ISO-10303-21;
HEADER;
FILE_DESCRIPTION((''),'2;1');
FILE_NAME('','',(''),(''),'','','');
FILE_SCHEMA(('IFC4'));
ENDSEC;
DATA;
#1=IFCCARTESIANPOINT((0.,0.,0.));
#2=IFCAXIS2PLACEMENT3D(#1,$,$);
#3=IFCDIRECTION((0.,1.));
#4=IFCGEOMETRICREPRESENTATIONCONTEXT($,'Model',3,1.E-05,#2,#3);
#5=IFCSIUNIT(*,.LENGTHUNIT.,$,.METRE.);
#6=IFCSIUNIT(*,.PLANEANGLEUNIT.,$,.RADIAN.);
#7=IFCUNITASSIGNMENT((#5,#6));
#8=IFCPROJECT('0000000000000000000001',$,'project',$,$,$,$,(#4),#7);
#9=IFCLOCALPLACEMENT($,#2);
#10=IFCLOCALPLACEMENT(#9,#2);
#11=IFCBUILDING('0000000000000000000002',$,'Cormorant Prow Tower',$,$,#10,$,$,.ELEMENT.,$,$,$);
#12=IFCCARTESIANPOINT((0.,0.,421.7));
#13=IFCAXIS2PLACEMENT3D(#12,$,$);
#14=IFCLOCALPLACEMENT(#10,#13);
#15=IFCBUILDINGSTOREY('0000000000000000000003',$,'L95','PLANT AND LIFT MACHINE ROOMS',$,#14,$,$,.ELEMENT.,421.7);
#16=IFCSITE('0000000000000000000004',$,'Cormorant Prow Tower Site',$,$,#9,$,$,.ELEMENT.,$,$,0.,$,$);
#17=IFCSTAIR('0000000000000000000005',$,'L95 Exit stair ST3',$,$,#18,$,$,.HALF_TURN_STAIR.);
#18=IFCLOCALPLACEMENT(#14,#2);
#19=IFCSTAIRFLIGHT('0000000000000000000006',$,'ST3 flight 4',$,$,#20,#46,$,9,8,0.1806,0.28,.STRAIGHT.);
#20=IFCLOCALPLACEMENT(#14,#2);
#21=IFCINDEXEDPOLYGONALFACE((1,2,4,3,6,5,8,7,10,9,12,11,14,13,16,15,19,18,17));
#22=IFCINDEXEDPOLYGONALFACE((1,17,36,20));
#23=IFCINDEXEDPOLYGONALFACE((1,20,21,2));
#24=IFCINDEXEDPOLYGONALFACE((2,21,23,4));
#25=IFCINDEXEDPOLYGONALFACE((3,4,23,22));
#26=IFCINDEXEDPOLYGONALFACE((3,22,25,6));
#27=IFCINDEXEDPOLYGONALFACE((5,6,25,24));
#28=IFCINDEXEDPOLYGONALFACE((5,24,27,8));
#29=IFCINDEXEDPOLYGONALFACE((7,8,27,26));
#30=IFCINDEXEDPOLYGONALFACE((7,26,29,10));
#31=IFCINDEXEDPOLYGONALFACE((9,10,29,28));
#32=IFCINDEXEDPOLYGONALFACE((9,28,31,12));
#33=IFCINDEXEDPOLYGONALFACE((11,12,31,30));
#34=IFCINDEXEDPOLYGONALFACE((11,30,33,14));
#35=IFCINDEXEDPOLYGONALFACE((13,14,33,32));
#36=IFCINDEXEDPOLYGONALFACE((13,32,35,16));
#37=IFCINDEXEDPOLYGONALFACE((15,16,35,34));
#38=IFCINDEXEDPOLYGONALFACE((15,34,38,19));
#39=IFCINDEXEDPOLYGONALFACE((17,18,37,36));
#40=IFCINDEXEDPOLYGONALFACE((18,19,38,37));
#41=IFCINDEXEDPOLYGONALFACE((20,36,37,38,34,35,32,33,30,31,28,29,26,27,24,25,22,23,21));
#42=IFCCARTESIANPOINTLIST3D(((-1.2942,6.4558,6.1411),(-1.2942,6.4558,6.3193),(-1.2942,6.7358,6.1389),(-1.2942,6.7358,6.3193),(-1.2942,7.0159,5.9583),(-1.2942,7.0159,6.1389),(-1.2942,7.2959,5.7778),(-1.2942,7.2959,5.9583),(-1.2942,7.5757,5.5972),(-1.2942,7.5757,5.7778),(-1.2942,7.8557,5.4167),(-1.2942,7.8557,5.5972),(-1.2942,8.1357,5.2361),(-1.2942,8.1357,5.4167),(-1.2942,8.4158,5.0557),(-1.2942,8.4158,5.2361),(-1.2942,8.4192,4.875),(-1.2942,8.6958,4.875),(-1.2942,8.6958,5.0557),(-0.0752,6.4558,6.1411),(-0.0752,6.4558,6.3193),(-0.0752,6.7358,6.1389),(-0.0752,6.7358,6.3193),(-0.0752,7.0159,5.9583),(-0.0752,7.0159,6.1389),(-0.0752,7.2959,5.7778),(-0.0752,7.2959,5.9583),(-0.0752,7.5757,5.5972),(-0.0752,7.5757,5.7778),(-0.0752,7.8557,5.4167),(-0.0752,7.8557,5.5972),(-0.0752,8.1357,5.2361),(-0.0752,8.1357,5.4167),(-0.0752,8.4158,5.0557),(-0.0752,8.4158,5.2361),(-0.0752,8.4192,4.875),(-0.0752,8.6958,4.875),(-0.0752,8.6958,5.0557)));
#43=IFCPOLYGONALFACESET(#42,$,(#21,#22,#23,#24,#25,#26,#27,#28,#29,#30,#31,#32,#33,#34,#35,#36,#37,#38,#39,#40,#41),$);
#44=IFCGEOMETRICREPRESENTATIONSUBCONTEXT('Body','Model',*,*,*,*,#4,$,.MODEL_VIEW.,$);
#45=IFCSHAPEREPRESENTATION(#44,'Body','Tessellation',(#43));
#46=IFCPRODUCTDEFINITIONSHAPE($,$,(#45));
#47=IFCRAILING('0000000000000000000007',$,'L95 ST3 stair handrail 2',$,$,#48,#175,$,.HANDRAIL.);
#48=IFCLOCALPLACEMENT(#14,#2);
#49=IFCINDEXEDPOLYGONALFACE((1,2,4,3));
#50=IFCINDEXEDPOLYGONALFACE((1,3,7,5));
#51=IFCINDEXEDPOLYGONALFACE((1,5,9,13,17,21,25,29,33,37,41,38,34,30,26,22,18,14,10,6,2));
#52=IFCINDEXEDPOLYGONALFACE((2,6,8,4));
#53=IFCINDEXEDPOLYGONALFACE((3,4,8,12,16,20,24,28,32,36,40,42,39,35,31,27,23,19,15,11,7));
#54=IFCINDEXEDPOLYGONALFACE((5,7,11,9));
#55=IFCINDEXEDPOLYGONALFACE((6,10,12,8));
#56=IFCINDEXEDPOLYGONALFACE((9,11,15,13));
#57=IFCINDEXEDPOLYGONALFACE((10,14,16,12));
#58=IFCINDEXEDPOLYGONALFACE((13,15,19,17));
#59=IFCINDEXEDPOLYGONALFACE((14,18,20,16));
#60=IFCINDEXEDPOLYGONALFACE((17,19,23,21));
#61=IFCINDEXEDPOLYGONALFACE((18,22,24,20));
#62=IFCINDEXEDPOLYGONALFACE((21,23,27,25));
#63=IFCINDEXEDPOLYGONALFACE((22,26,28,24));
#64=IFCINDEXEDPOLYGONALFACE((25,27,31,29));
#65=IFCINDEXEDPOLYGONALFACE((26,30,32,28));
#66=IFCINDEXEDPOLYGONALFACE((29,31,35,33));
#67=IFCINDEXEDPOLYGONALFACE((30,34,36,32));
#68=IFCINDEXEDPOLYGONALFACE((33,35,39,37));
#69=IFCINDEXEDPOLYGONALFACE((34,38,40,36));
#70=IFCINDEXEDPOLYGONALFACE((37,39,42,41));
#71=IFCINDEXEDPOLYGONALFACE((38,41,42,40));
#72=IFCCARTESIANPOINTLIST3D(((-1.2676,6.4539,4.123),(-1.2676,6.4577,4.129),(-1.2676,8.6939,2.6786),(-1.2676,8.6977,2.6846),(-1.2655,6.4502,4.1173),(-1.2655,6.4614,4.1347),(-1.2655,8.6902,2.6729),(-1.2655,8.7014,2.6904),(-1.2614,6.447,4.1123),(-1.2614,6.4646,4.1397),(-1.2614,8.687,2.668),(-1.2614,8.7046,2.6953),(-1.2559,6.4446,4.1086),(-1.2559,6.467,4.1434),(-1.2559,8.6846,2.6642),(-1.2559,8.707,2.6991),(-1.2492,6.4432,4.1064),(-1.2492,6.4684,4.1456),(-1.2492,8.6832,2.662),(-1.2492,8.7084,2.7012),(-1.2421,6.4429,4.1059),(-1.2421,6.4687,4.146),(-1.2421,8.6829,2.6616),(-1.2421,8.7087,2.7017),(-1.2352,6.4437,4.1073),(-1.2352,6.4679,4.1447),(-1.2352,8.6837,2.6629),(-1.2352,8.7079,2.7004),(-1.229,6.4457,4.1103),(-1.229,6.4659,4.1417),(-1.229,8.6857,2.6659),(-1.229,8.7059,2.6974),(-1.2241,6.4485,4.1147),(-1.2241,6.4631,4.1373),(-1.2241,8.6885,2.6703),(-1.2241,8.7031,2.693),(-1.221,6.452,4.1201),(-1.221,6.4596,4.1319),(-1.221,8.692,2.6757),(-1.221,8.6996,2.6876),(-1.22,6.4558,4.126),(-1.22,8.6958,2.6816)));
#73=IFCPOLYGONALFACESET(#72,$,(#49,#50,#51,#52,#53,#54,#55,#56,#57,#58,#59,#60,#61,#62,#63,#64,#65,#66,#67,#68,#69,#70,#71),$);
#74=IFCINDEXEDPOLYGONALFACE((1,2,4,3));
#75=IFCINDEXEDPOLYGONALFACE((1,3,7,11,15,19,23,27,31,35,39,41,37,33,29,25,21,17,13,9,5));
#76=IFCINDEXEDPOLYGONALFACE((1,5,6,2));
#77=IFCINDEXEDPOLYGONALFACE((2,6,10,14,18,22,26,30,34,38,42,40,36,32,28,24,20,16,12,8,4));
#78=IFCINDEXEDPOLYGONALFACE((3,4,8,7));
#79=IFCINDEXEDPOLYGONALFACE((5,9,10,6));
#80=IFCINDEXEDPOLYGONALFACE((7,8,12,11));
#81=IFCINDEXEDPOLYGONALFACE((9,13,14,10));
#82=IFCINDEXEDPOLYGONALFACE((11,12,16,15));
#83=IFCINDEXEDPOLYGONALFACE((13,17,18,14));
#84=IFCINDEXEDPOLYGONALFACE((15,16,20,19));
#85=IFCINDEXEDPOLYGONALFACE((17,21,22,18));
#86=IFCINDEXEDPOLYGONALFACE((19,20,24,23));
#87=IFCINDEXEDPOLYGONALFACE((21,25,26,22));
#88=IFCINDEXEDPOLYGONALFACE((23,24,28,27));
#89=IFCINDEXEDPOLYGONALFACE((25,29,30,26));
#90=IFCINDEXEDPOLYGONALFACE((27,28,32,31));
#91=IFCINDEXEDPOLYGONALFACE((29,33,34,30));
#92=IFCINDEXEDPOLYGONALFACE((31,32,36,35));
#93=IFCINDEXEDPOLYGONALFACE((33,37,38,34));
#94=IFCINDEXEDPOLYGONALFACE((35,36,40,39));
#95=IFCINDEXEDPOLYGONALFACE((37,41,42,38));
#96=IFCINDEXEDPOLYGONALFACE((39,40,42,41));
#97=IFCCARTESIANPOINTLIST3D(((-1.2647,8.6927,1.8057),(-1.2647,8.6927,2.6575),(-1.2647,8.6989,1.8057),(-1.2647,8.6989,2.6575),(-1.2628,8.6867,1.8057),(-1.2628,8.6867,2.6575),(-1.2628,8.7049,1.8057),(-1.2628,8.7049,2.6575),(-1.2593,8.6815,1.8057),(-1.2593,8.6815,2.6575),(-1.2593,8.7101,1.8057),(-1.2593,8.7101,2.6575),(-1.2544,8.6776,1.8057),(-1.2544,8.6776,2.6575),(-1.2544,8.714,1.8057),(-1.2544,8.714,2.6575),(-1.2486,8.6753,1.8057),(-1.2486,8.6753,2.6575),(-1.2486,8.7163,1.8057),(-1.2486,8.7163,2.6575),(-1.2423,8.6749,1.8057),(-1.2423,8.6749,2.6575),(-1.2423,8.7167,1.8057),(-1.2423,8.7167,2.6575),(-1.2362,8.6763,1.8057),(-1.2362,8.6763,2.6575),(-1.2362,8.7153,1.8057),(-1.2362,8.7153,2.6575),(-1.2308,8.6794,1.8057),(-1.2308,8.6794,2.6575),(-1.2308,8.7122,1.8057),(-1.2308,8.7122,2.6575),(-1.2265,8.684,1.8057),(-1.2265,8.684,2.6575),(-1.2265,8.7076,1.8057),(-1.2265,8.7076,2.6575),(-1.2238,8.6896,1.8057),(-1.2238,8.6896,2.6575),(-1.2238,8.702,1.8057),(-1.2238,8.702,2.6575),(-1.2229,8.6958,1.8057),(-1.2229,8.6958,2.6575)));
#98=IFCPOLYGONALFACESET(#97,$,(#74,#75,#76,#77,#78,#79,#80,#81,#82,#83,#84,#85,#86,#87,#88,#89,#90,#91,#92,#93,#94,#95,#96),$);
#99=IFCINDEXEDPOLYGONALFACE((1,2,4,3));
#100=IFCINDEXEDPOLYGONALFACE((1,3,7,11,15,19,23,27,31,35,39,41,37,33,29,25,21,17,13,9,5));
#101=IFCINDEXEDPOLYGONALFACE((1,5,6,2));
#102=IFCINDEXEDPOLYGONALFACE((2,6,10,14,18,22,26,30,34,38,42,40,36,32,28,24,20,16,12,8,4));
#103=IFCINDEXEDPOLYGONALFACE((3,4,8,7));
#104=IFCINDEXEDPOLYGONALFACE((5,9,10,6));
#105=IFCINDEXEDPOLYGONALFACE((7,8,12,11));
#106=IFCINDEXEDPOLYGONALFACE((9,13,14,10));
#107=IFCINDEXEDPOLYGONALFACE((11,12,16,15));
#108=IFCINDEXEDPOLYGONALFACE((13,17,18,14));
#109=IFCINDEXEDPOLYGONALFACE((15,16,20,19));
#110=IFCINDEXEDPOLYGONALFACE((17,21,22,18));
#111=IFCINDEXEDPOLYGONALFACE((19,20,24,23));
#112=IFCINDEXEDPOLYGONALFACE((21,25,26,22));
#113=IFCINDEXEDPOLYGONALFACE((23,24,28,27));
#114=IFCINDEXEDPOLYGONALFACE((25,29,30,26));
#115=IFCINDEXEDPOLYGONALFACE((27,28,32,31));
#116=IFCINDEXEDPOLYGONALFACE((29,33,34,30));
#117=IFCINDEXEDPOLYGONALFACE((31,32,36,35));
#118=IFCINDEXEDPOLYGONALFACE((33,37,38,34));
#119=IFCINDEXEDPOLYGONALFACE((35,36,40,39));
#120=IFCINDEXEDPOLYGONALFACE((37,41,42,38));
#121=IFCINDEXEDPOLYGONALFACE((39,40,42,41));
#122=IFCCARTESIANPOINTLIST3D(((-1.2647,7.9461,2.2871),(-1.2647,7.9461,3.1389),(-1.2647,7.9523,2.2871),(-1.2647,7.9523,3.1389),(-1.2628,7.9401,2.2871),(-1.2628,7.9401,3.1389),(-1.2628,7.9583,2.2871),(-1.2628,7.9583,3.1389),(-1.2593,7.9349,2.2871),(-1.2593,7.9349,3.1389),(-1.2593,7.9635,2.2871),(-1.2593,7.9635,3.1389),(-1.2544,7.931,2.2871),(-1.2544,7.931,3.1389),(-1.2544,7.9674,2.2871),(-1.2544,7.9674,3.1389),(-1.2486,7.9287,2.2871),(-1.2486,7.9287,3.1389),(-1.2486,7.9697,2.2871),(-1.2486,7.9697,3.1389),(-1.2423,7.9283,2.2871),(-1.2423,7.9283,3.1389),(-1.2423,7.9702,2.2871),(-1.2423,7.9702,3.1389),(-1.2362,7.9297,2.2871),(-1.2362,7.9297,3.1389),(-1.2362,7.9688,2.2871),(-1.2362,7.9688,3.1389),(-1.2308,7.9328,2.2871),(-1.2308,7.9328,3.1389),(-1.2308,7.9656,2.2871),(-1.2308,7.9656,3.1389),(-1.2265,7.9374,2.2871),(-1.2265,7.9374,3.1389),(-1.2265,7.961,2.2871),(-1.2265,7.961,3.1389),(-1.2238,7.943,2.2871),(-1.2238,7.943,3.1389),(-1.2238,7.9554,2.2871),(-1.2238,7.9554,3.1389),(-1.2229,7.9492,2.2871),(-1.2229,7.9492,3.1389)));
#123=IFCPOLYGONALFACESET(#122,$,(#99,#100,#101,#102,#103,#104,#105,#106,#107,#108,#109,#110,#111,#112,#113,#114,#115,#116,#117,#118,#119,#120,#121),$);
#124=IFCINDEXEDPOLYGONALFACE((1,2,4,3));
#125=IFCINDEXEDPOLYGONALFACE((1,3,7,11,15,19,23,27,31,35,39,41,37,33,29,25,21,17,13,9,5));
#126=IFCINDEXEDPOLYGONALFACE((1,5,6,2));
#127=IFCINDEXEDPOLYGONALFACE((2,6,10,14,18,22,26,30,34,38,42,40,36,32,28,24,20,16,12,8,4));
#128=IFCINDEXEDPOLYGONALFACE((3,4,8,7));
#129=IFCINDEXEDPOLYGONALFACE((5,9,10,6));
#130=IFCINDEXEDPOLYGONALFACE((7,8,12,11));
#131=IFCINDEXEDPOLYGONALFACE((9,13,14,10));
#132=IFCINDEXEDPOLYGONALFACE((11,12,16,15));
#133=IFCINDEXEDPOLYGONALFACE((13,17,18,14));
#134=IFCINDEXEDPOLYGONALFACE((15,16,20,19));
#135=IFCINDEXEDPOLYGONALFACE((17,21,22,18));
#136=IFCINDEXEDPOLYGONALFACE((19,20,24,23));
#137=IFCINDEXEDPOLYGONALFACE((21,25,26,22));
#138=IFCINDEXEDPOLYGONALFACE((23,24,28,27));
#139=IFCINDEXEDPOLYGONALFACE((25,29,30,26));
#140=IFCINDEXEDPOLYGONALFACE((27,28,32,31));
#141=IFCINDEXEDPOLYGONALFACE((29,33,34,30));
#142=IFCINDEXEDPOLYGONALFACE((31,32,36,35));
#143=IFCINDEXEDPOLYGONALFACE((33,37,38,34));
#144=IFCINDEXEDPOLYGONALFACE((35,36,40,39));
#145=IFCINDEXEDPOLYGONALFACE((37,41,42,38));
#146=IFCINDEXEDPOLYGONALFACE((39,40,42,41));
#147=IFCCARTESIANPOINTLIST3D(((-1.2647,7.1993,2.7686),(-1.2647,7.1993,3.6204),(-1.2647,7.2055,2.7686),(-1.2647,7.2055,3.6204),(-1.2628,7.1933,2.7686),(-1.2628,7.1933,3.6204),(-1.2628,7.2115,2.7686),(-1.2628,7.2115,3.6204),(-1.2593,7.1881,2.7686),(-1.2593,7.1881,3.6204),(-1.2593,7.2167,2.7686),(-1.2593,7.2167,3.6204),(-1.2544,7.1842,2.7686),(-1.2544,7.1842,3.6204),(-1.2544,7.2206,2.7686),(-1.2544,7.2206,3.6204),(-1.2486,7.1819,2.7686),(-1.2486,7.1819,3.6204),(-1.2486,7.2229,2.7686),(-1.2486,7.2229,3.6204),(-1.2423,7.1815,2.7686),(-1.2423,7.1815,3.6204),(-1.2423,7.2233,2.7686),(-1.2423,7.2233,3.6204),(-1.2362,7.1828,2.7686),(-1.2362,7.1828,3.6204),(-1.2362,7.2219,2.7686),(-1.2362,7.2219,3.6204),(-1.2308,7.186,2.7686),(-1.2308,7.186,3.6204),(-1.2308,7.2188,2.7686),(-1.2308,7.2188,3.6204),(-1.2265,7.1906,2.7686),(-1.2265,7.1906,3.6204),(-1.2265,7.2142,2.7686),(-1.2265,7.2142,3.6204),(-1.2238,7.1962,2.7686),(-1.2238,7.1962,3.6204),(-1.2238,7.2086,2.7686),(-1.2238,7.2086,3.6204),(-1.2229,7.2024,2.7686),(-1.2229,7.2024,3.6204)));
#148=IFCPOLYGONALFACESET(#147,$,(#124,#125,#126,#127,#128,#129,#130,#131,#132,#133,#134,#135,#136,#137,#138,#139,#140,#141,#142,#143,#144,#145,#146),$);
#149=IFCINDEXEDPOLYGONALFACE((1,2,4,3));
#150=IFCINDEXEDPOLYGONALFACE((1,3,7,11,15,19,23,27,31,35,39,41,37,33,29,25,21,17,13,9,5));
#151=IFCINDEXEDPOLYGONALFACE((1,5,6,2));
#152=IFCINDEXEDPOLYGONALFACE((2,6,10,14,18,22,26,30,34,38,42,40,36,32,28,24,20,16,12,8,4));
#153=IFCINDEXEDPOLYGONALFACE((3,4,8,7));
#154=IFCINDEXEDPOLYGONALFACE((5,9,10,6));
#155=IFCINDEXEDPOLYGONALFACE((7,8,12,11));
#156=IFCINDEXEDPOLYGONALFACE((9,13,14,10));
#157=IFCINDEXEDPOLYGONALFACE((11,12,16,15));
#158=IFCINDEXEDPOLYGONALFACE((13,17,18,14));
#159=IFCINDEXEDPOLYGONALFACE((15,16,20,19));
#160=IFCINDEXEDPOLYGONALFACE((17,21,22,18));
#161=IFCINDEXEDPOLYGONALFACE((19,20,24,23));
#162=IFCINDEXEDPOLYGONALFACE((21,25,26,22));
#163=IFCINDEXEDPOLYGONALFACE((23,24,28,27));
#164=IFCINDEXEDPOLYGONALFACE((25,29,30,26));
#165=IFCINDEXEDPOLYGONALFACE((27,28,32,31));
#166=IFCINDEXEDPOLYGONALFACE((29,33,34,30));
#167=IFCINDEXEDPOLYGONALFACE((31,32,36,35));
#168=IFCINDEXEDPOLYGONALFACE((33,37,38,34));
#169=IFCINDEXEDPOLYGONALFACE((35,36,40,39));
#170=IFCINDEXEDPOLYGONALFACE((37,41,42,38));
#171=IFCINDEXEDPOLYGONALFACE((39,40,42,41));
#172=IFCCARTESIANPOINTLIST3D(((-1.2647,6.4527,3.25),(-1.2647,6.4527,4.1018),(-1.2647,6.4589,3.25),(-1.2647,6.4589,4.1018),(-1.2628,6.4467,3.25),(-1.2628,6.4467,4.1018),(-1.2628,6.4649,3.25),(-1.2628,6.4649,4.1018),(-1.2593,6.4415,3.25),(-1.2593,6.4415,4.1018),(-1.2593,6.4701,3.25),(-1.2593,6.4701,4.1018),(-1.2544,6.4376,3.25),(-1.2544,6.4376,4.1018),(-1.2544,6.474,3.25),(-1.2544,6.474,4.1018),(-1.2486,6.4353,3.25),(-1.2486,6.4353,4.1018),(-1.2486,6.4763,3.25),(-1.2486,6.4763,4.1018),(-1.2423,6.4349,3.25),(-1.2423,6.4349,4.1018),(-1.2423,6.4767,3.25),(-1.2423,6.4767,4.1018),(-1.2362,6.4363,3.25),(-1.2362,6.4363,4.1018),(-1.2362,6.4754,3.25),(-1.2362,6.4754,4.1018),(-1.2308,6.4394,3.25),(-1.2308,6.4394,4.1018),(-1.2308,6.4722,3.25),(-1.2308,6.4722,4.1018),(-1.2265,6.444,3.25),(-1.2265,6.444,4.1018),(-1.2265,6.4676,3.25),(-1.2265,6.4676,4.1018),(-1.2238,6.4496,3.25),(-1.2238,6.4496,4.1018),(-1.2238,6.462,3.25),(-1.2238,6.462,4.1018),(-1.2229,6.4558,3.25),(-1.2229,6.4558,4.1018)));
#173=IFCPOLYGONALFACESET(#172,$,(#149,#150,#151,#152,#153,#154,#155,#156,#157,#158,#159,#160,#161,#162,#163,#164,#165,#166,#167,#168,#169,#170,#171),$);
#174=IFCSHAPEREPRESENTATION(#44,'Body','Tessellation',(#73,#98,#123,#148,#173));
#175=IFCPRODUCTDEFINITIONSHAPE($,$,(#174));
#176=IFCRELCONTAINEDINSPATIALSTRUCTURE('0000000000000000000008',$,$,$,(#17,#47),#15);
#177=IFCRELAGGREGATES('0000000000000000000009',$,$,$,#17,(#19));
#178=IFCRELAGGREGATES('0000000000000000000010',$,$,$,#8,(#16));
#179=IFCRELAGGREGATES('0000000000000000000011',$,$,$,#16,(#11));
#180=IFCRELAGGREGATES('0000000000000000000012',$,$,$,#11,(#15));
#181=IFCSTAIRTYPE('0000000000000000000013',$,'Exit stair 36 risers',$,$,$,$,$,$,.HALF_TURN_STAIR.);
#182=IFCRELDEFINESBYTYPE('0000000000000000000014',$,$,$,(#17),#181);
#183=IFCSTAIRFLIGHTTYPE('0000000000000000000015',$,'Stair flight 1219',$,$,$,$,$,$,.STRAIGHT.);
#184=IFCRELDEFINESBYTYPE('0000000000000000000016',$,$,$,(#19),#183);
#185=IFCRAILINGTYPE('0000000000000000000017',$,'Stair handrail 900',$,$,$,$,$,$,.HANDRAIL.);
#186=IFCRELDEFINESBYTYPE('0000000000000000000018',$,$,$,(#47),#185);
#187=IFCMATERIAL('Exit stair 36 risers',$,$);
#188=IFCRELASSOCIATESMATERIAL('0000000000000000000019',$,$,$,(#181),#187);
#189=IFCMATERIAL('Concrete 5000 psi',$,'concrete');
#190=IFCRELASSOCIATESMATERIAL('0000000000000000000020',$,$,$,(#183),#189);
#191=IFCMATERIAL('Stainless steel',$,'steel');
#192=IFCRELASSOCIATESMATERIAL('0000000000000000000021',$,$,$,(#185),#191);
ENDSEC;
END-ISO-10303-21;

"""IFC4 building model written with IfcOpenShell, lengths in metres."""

from ifc_helpers import new_model, si_unit, direction, frame, origin, origin_2d, place, context, subcontext, project, spatial, polyline, circle, outline, extrude, material, type_object, element, aggregate, save


model = new_model("IFC4")

# Units and contexts
model_context = context("Model", 3, precision=1e-05, world=origin(), true_north=direction((0.0, 1.0)))
body_context = subcontext(model_context, "Body", "Model", "MODEL_VIEW")
ifc_project = project(units=[si_unit("LENGTHUNIT", "METRE"), si_unit("PLANEANGLEUNIT", "RADIAN")], contexts=[model_context])

# Site, building, storey
site_placement = place(None, origin())
site = spatial("IfcSite", under=ifc_project, at=site_placement, Name="Cormorant Prow Tower Site", CompositionType="ELEMENT", RefElevation=0.0)
building_placement = place(site_placement, origin())
building = spatial("IfcBuilding", under=site, at=building_placement, Name="Cormorant Prow Tower", CompositionType="ELEMENT")
storey_placement = place(building_placement, frame((0.0, 0.0, 421.7)))
storey = spatial("IfcBuildingStorey", under=building, at=storey_placement, Name="L95", Description="PLANT AND LIFT MACHINE ROOMS", CompositionType="ELEMENT", Elevation=421.7)

# Stair, stair flight
ifc_material_1 = material(Name="Exit stair 36 risers")
stair_type = type_object("IfcStairType", Name="Exit stair 36 risers", PredefinedType="HALF_TURN_STAIR", material=ifc_material_1)
stair_placement = place(storey_placement, origin())
stair = element("IfcStair", 1, at=stair_placement, inside=storey, type_object=stair_type, Name="L95 Exit stair ST3", PredefinedType="HALF_TURN_STAIR")
ifc_material_2 = material(Name="Concrete 5000 psi", Category="concrete")
stair_flight_type = type_object("IfcStairFlightType", Name="Stair flight 1219", PredefinedType="STRAIGHT", material=ifc_material_2)
stair_flight_1_placement = place(storey_placement, frame((-0.6846, 8.6958, 4.875), z_axis=(0.0, 0.0, 1.0), x_axis=(0.0, -1.0, 0.0)))
stair_flight_1 = element("IfcStairFlight", 2, at=stair_flight_1_placement, type_object=stair_flight_type, Name="ST3 flight 4", NumberOfRisers=9, NumberOfTreads=8, PredefinedType="STRAIGHT", RiserHeight=0.1806, TreadLength=0.28, context=body_context, shape_type="SweptSolid", body=[
    extrude(outline(polyline([(0.0, 0.0), (0.0, 0.1807), (0.28, 0.1807), (0.28, 0.3611), (0.5601, 0.3611), (0.5601, 0.5417), (0.8401, 0.5417), (0.8401, 0.7222), (1.1201, 0.7222), (1.1201, 0.9028), (1.3999, 0.9028), (1.3999, 1.0833), (1.6799, 1.0833), (1.6799, 1.2639), (1.96, 1.2639), (1.96, 1.4443), (2.24, 1.4443), (2.24, 1.625), (2.24, 1.2661), (0.2766, 0.0), (0.0, 0.0)])), frame((0.0, 0.6094, 0.0), z_axis=(0.0, -1.0, 0.0), x_axis=(1.0, 0.0, 0.0)), (0.0, 0.0, 1.0), 1.219),
])
aggregate(stair, [stair_flight_1])

# Railing
ifc_material_3 = material(Name="Stainless steel", Category="steel")
railing_type = type_object("IfcRailingType", Name="Stair handrail 900", PredefinedType="HANDRAIL", material=ifc_material_3)
for number, where, name in (
    (3, (-1.2439, 8.6958, 1.8057), "L95 ST3 stair handrail 2"),
):
    element("IfcRailing", number, at=place(storey_placement, frame(where)), inside=storey, type_object=railing_type, Name=name, PredefinedType="HANDRAIL", context=body_context, shape_type="SweptSolid", body=[
        extrude(circle(Radius=0.0239, at=origin_2d()), frame((0.0, 0.0, 0.876), z_axis=(0.0, -0.840437, 0.54191), x_axis=(1.0, 0.0, 0.0)), (0.0, 0.0, 1.0), 2.6653),
        extrude(circle(Radius=0.021, at=origin_2d()), origin(), (0.0, 0.0, 1.0), 0.8518),
        extrude(circle(Radius=0.021, at=origin_2d()), frame((0.0, -0.7466, 0.4814)), (0.0, 0.0, 1.0), 0.8518),
        extrude(circle(Radius=0.021, at=origin_2d()), frame((0.0, -1.4934, 0.9629)), (0.0, 0.0, 1.0), 0.8518),
        extrude(circle(Radius=0.021, at=origin_2d()), frame((0.0, -2.24, 1.4443)), (0.0, 0.0, 1.0), 0.8518),
    ])

save(model, "model.ifc")
